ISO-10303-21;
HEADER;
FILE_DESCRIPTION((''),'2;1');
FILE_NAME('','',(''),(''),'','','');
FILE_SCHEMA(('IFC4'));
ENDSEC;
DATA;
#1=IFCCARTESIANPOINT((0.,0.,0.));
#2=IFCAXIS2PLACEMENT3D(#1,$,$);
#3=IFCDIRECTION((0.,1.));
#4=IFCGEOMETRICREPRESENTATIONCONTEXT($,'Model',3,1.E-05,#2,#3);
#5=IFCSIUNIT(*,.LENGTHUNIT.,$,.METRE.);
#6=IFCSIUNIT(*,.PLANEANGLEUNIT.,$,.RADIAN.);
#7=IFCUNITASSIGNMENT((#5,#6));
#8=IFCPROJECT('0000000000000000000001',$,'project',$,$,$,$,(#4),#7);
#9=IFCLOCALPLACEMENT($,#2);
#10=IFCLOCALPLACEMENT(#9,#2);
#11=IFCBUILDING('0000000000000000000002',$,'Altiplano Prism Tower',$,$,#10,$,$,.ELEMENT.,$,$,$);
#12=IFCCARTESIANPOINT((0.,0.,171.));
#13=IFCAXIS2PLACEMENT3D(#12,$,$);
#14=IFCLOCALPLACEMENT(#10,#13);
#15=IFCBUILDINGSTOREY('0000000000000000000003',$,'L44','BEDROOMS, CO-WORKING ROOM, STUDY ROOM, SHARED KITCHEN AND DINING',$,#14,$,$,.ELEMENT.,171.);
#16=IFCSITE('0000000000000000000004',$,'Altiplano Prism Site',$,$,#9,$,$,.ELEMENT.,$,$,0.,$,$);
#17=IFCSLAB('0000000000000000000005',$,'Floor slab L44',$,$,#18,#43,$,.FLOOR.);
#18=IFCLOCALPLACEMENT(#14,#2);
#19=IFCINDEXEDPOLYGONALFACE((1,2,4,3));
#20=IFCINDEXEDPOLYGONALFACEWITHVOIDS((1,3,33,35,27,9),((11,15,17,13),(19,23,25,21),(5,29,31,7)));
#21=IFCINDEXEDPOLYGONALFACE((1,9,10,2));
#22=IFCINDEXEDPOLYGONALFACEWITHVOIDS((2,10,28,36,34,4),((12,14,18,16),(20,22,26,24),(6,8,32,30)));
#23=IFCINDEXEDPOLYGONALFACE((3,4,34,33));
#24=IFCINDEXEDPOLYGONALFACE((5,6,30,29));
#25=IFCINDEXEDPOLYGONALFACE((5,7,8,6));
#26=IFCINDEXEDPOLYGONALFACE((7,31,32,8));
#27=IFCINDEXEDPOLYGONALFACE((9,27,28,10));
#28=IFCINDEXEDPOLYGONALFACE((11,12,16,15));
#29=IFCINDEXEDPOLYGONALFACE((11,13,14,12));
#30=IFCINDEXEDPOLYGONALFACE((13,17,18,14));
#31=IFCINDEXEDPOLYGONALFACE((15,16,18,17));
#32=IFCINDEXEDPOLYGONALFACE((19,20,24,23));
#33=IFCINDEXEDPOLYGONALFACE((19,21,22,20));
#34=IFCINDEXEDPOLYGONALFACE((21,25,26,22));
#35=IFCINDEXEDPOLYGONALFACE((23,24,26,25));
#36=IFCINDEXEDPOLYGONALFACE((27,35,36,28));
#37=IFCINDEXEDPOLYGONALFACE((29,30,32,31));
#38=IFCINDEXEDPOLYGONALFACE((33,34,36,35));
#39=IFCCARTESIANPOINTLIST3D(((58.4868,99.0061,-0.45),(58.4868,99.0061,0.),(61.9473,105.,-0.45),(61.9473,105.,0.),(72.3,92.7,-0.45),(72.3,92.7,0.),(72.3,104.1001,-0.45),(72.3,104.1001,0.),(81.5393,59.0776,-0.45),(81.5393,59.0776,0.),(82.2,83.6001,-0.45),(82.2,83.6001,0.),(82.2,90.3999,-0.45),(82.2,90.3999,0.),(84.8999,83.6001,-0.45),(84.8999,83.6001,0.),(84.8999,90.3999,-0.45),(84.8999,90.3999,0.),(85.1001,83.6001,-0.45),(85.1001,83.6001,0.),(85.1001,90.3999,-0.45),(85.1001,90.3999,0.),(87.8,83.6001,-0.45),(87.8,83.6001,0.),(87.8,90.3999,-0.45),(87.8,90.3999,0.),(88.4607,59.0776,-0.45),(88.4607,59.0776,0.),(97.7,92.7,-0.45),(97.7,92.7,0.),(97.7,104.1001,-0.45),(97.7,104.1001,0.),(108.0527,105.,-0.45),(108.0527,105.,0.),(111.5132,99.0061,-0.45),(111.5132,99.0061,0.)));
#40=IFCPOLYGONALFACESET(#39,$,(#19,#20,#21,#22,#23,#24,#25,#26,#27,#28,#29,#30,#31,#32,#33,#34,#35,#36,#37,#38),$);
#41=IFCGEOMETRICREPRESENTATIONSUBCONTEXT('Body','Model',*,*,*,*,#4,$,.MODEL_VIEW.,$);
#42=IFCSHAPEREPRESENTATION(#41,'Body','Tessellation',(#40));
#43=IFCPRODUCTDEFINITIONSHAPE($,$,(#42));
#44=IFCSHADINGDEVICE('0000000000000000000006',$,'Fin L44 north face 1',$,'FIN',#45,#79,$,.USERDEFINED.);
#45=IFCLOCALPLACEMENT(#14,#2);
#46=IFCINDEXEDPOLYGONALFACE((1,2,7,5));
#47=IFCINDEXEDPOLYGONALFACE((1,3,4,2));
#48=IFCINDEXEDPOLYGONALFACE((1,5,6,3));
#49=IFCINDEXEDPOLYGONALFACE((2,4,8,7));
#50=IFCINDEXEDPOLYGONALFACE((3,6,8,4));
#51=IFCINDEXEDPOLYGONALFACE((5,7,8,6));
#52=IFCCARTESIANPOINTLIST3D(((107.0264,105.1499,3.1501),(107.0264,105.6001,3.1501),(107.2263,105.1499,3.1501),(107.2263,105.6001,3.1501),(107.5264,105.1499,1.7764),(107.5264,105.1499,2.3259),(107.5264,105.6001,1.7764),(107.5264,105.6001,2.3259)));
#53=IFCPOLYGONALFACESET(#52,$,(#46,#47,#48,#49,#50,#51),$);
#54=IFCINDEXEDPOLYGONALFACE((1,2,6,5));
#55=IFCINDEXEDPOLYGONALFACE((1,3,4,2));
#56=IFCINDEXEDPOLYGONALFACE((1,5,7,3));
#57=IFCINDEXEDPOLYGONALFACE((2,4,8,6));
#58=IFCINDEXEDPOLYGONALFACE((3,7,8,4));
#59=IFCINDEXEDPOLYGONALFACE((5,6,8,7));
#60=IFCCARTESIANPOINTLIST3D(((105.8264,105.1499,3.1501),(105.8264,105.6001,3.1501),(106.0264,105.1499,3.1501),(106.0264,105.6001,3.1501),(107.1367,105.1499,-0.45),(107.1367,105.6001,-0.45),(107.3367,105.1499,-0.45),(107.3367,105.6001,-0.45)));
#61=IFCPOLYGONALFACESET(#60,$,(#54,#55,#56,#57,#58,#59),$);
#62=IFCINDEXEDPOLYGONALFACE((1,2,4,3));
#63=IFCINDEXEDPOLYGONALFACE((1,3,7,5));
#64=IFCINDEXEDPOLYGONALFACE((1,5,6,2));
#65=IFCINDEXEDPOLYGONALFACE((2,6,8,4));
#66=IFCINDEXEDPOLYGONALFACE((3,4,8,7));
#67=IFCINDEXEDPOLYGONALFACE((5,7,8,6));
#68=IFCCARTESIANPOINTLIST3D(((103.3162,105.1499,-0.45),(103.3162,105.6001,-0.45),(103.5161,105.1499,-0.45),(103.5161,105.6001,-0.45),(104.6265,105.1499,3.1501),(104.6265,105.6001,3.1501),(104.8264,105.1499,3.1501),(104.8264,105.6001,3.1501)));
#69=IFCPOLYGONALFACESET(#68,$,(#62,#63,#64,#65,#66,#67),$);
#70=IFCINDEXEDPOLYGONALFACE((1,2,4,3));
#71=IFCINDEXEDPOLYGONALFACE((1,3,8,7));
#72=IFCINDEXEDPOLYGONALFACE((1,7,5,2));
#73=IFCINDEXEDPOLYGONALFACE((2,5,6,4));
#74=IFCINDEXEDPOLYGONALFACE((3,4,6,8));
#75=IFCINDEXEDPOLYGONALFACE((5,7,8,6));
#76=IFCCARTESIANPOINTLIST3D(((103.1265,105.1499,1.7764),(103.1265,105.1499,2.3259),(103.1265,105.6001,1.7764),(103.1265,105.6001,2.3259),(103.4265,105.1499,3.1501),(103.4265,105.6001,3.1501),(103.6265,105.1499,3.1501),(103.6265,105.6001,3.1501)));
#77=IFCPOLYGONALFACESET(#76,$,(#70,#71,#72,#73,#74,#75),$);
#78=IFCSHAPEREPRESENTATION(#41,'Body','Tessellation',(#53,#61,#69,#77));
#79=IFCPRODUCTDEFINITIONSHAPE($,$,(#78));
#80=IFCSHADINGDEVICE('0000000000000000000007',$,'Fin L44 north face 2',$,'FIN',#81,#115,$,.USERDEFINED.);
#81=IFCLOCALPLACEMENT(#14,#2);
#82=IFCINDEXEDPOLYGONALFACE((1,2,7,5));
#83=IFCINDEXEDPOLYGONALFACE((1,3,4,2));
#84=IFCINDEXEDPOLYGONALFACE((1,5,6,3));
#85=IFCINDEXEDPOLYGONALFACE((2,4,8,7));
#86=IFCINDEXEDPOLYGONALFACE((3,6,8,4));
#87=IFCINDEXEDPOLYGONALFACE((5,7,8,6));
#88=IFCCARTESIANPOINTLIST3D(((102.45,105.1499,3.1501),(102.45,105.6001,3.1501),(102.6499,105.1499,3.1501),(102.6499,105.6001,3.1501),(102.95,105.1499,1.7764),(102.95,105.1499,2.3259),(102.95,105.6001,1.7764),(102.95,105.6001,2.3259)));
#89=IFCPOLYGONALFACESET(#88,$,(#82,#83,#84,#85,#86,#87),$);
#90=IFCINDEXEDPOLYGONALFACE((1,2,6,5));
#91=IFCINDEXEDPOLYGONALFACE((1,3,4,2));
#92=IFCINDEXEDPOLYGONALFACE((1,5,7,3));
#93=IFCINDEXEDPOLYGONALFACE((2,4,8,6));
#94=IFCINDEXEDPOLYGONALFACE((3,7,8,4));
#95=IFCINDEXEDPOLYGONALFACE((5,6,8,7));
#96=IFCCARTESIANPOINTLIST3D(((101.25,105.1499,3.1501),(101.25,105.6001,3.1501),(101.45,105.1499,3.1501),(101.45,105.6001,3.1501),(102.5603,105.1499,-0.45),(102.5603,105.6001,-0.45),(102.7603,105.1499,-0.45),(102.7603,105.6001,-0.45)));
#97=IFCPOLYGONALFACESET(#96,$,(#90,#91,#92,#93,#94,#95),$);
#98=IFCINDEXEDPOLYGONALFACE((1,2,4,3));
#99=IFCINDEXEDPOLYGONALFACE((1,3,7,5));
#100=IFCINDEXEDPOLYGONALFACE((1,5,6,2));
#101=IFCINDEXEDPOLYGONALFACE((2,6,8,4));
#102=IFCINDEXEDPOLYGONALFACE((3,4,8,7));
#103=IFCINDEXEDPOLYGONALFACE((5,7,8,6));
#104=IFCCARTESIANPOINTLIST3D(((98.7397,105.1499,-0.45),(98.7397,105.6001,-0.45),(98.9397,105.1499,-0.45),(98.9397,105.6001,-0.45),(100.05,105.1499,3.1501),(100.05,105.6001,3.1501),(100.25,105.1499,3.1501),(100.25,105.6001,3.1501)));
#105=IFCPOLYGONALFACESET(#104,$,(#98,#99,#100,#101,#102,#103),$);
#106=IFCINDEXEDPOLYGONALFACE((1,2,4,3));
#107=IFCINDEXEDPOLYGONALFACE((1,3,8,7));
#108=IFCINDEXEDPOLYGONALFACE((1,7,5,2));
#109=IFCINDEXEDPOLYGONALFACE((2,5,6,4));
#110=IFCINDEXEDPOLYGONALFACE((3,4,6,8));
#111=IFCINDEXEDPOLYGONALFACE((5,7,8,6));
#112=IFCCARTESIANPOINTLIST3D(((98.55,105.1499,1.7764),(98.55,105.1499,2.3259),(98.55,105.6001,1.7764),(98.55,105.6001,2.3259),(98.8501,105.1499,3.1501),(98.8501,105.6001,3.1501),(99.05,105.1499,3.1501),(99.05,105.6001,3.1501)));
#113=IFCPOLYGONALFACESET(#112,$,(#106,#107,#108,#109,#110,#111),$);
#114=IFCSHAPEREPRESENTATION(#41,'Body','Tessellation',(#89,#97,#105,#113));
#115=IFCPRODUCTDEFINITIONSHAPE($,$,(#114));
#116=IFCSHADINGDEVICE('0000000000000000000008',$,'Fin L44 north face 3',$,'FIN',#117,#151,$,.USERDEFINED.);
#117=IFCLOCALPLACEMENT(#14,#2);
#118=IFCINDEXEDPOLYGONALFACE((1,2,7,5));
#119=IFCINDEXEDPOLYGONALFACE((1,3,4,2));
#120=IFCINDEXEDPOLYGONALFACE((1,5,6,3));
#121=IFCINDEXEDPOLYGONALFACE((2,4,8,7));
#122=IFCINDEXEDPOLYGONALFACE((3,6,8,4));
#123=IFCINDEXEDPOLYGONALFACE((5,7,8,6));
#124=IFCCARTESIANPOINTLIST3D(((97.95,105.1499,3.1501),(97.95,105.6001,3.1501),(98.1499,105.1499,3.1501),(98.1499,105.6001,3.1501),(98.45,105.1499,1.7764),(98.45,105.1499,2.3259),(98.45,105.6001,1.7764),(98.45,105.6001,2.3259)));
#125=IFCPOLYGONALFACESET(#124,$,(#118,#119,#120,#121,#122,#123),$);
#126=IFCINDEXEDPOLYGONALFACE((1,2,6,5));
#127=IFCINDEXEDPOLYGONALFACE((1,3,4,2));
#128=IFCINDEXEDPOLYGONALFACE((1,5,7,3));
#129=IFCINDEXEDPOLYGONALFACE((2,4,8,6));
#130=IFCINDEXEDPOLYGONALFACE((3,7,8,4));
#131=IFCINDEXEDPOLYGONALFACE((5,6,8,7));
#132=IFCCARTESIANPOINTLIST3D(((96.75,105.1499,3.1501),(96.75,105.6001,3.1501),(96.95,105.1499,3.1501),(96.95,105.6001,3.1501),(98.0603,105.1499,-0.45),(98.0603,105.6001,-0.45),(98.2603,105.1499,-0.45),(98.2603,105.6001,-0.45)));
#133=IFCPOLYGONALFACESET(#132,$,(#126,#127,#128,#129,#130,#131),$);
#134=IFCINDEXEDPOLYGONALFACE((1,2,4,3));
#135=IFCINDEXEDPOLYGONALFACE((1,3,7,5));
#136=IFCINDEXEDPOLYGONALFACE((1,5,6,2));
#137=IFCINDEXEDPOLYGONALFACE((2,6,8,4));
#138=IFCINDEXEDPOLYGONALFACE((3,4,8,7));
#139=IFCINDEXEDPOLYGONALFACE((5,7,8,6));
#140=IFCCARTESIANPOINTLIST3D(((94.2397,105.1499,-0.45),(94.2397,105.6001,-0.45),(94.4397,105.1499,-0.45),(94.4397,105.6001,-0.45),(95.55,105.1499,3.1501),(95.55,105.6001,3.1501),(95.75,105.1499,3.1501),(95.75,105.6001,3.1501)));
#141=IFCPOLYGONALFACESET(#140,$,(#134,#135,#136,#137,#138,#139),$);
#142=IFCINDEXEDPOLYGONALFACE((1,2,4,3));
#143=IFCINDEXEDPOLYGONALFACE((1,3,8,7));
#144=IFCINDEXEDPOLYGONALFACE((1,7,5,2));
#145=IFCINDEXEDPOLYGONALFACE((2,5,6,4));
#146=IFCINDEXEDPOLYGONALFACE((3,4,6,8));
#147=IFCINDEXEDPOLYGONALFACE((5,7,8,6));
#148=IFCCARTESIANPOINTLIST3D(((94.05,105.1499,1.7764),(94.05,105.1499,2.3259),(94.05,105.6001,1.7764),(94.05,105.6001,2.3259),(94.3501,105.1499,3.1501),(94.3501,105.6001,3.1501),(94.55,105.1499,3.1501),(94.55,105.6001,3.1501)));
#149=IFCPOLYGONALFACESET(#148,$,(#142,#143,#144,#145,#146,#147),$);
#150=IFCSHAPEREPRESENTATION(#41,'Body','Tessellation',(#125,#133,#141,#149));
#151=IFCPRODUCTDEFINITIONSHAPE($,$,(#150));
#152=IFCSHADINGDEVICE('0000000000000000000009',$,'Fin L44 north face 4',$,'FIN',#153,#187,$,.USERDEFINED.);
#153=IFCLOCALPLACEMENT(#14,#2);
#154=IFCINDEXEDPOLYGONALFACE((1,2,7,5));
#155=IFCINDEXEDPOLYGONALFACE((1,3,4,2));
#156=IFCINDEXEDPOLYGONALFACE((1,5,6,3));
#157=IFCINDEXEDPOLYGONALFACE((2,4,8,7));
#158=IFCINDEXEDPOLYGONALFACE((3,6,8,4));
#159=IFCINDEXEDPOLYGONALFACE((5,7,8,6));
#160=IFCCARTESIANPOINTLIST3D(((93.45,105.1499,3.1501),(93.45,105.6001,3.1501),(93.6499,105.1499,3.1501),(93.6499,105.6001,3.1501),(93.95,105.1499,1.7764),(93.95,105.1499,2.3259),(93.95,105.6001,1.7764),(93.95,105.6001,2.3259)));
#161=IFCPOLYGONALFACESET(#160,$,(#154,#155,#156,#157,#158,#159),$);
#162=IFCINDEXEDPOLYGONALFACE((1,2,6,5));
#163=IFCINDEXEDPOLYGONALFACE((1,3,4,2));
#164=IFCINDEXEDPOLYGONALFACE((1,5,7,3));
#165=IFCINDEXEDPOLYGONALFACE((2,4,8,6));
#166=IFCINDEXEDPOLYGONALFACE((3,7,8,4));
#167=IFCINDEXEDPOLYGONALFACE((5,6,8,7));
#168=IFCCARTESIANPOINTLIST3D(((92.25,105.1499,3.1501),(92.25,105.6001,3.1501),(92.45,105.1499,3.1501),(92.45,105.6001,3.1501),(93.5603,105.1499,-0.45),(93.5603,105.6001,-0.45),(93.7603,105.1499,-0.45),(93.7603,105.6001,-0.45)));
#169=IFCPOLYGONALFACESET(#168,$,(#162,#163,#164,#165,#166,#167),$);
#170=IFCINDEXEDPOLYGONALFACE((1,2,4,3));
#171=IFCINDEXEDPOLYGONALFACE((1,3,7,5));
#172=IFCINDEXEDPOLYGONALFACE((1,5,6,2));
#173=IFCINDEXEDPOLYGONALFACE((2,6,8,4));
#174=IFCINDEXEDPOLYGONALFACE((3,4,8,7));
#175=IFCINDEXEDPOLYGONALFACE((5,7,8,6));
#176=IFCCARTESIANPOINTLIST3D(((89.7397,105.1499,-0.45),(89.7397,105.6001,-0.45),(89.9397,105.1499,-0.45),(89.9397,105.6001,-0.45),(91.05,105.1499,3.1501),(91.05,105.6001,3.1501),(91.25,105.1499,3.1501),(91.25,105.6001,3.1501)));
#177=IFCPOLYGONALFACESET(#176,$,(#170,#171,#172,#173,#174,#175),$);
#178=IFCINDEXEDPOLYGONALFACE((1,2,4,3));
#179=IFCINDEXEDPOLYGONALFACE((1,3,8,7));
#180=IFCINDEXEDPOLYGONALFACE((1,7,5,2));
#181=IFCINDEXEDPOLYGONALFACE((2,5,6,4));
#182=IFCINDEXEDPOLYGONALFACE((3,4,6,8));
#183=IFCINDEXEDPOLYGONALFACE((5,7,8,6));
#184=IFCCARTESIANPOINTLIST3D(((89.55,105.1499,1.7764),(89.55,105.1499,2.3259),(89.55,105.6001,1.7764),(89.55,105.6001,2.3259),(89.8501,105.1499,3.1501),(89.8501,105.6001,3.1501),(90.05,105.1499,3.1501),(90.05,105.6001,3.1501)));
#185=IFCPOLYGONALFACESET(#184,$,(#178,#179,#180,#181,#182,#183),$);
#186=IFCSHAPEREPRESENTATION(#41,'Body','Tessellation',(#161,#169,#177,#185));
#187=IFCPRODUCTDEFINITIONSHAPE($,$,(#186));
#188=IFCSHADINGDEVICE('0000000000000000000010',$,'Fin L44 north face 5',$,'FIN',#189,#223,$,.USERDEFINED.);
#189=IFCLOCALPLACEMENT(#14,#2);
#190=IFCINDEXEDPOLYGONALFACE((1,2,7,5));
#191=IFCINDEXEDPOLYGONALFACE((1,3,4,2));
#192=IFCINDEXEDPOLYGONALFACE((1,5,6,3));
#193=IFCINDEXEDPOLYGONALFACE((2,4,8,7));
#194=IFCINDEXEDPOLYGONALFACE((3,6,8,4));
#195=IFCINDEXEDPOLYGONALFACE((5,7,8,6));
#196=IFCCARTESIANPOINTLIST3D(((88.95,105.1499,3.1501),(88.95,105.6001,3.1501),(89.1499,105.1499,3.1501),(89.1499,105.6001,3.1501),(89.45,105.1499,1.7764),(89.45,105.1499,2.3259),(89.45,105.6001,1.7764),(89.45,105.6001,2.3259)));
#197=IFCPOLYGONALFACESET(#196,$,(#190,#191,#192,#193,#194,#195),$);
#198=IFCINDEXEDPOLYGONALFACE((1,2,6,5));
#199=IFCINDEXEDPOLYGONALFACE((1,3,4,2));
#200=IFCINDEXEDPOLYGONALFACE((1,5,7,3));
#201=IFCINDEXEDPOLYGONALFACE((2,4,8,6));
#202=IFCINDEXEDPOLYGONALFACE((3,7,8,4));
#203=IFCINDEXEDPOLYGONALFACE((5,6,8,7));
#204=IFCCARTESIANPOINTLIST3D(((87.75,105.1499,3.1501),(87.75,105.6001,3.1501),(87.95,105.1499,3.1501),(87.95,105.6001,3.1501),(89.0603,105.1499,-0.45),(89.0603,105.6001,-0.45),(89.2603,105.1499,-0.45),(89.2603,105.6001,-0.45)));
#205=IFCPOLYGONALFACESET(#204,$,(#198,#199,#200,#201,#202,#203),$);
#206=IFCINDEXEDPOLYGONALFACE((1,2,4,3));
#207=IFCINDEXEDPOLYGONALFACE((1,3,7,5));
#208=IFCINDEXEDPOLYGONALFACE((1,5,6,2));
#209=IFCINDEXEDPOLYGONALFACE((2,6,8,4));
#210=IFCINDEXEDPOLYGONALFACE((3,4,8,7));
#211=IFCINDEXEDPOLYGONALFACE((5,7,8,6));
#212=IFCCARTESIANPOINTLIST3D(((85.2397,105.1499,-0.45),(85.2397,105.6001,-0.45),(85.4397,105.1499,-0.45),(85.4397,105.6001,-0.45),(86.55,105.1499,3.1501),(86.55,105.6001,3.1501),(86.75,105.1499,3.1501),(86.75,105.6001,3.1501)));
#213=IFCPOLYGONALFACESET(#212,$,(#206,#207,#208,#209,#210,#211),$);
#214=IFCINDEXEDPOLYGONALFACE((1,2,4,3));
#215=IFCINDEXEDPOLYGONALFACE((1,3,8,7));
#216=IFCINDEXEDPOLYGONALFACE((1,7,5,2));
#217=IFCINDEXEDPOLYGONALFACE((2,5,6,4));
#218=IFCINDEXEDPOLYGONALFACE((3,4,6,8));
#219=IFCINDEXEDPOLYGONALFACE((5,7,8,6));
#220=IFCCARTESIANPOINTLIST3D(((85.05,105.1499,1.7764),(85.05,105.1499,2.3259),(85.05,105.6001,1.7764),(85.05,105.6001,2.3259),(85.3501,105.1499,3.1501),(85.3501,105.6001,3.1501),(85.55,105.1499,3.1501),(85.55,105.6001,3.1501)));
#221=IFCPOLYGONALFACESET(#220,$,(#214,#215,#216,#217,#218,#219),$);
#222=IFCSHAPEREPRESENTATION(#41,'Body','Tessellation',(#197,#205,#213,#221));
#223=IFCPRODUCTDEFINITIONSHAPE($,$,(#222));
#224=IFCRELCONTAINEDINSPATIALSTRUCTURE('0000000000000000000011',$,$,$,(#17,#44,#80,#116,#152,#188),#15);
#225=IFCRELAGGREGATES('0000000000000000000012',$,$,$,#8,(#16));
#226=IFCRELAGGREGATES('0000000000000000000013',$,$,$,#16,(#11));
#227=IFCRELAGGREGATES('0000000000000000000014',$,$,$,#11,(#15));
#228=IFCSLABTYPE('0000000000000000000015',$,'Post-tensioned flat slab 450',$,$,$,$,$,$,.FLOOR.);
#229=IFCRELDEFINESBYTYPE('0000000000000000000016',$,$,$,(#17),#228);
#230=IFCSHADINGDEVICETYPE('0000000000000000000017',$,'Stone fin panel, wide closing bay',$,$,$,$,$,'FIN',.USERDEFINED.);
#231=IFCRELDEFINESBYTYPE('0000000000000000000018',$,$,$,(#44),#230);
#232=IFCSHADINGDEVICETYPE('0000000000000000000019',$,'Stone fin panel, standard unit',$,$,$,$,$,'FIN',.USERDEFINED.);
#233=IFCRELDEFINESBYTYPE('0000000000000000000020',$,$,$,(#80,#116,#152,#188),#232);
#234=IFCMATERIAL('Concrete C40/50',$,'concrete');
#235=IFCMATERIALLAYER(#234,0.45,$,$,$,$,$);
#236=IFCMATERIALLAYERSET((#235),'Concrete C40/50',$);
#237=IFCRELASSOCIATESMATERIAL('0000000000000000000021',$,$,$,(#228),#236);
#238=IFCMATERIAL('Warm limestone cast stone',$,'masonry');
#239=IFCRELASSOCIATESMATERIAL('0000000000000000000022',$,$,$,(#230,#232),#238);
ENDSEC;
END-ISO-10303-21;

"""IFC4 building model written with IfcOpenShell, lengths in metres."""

from ifc_helpers import new_model, si_unit, direction, frame, origin, place, context, subcontext, project, spatial, polyline, outline, extrude, source, transform, mapped, material, layer, layer_set, type_object, element, save


model = new_model("IFC4")

# Units and contexts
model_context = context("Model", 3, precision=1e-05, world=origin(), true_north=direction((0.0, 1.0)))
body_context = subcontext(model_context, "Body", "Model", "MODEL_VIEW")
ifc_project = project(units=[si_unit("LENGTHUNIT", "METRE"), si_unit("PLANEANGLEUNIT", "RADIAN")], contexts=[model_context])

# Site, building, storey
site_placement = place(None, origin())
site = spatial("IfcSite", under=ifc_project, at=site_placement, Name="Altiplano Prism Site", CompositionType="ELEMENT", RefElevation=0.0)
building_placement = place(site_placement, origin())
building = spatial("IfcBuilding", under=site, at=building_placement, Name="Altiplano Prism Tower", CompositionType="ELEMENT")
storey_placement = place(building_placement, frame((0.0, 0.0, 171.0)))
storey = spatial("IfcBuildingStorey", under=building, at=storey_placement, Name="L44", Description="BEDROOMS, CO-WORKING ROOM, STUDY ROOM, SHARED KITCHEN AND DINING", CompositionType="ELEMENT", Elevation=171.0)

# Slab
ifc_material_1 = material(Name="Concrete C40/50", Category="concrete")
ifc_layer = layer(ifc_material_1, 0.45)
ifc_layer_set = layer_set([ifc_layer], Name="Concrete C40/50")
slab_type = type_object("IfcSlabType", Name="Post-tensioned flat slab 450", PredefinedType="FLOOR", material=ifc_layer_set)
slab_placement = place(storey_placement, frame((0.0, 0.0, -0.45)))
element("IfcSlab", 1, at=slab_placement, inside=storey, type_object=slab_type, Name="Floor slab L44", PredefinedType="FLOOR", context=body_context, shape_type="SweptSolid", body=[
    extrude(outline(polyline([(81.5393, 59.0776), (58.4868, 99.0061), (61.9473, 105.0), (108.0527, 105.0), (111.5132, 99.0061), (88.4607, 59.0776), (81.5393, 59.0776)]), holes=[polyline([(72.3, 104.1001), (72.3, 92.7), (97.7, 92.7), (97.7, 104.1001), (72.3, 104.1001)]), polyline([(84.8999, 90.3999), (82.2, 90.3999), (82.2, 83.6001), (84.8999, 83.6001), (84.8999, 90.3999)]), polyline([(87.8, 83.6001), (87.8, 90.3999), (85.1001, 90.3999), (85.1001, 83.6001), (87.8, 83.6001)])]), origin(), (0.0, 0.0, 1.0), 0.45),
])

# Shading devices
ifc_material_2 = material(Name="Warm limestone cast stone", Category="masonry")
shading_device_type_1 = type_object("IfcShadingDeviceType", Name="Stone fin panel, wide closing bay", ElementType="FIN", PredefinedType="USERDEFINED", material=ifc_material_2)
shared_shape_1 = source(origin(), body_context, "Body", "SweptSolid", [
    extrude(outline(polyline([(-2.2, 2.2263), (-1.7, 3.6001), (-1.8999, 3.6001), (-2.2, 2.7759), (-2.2, 2.2263)])), frame((0.0, -0.1499, 0.0), z_axis=(0.0, -1.0, 0.0), x_axis=(1.0, 0.0, 0.0)), (0.0, 0.0, 1.0), 0.4502),
    extrude(outline(polyline([(-2.0103, 0.0), (-1.8103, 0.0), (-0.5, 3.6001), (-0.7, 3.6001), (-2.0103, 0.0)])), frame((0.0, -0.1499, 0.0), z_axis=(0.0, -1.0, 0.0), x_axis=(1.0, 0.0, 0.0)), (0.0, 0.0, 1.0), 0.4502),
    extrude(outline(polyline([(1.8103, 0.0), (2.0103, 0.0), (0.7, 3.6001), (0.5, 3.6001), (1.8103, 0.0)])), frame((0.0, -0.1499, 0.0), z_axis=(0.0, -1.0, 0.0), x_axis=(1.0, 0.0, 0.0)), (0.0, 0.0, 1.0), 0.4502),
    extrude(outline(polyline([(2.2, 2.7759), (1.8999, 3.6001), (1.7, 3.6001), (2.2, 2.2263), (2.2, 2.7759)])), frame((0.0, -0.1499, 0.0), z_axis=(0.0, -1.0, 0.0), x_axis=(1.0, 0.0, 0.0)), (0.0, 0.0, 1.0), 0.4502),
])
shading_device_1_placement = place(storey_placement, origin())
element("IfcShadingDevice", 2, at=shading_device_1_placement, inside=storey, type_object=shading_device_type_1, Name="Fin L44 north face 1", ObjectType="FIN", PredefinedType="USERDEFINED", context=body_context, shape_type="MappedRepresentation", body=[
    mapped(shared_shape_1, transform((105.3264, 105.0, -0.45), x_axis=(-1.0, 0.0, 0.0), y_axis=(0.0, -1.0, 0.0), z_axis=(0.0, 0.0, 1.0))),
])
shading_device_type_2 = type_object("IfcShadingDeviceType", Name="Stone fin panel, standard unit", ElementType="FIN", PredefinedType="USERDEFINED", material=ifc_material_2)
shading_device_2_placement = place(storey_placement, origin())
element("IfcShadingDevice", 3, at=shading_device_2_placement, inside=storey, type_object=shading_device_type_2, Name="Fin L44 north face 2", ObjectType="FIN", PredefinedType="USERDEFINED", context=body_context, shape_type="MappedRepresentation", body=[
    mapped(shared_shape_1, transform((100.75, 105.0, -0.45), x_axis=(-1.0, 0.0, 0.0), y_axis=(0.0, -1.0, 0.0), z_axis=(0.0, 0.0, 1.0))),
])
shading_device_3_placement = place(storey_placement, origin())
element("IfcShadingDevice", 4, at=shading_device_3_placement, inside=storey, type_object=shading_device_type_2, Name="Fin L44 north face 3", ObjectType="FIN", PredefinedType="USERDEFINED", context=body_context, shape_type="MappedRepresentation", body=[
    mapped(shared_shape_1, transform((96.25, 105.0, -0.45), x_axis=(-1.0, 0.0, 0.0), y_axis=(0.0, -1.0, 0.0), z_axis=(0.0, 0.0, 1.0))),
])
shading_device_4_placement = place(storey_placement, origin())
element("IfcShadingDevice", 5, at=shading_device_4_placement, inside=storey, type_object=shading_device_type_2, Name="Fin L44 north face 4", ObjectType="FIN", PredefinedType="USERDEFINED", context=body_context, shape_type="MappedRepresentation", body=[
    mapped(shared_shape_1, transform((91.75, 105.0, -0.45), x_axis=(-1.0, 0.0, 0.0), y_axis=(0.0, -1.0, 0.0), z_axis=(0.0, 0.0, 1.0))),
])
shading_device_5_placement = place(storey_placement, origin())
element("IfcShadingDevice", 6, at=shading_device_5_placement, inside=storey, type_object=shading_device_type_2, Name="Fin L44 north face 5", ObjectType="FIN", PredefinedType="USERDEFINED", context=body_context, shape_type="MappedRepresentation", body=[
    mapped(shared_shape_1, transform((87.25, 105.0, -0.45), x_axis=(-1.0, 0.0, 0.0), y_axis=(0.0, -1.0, 0.0), z_axis=(0.0, 0.0, 1.0))),
])

save(model, "model.ifc")
